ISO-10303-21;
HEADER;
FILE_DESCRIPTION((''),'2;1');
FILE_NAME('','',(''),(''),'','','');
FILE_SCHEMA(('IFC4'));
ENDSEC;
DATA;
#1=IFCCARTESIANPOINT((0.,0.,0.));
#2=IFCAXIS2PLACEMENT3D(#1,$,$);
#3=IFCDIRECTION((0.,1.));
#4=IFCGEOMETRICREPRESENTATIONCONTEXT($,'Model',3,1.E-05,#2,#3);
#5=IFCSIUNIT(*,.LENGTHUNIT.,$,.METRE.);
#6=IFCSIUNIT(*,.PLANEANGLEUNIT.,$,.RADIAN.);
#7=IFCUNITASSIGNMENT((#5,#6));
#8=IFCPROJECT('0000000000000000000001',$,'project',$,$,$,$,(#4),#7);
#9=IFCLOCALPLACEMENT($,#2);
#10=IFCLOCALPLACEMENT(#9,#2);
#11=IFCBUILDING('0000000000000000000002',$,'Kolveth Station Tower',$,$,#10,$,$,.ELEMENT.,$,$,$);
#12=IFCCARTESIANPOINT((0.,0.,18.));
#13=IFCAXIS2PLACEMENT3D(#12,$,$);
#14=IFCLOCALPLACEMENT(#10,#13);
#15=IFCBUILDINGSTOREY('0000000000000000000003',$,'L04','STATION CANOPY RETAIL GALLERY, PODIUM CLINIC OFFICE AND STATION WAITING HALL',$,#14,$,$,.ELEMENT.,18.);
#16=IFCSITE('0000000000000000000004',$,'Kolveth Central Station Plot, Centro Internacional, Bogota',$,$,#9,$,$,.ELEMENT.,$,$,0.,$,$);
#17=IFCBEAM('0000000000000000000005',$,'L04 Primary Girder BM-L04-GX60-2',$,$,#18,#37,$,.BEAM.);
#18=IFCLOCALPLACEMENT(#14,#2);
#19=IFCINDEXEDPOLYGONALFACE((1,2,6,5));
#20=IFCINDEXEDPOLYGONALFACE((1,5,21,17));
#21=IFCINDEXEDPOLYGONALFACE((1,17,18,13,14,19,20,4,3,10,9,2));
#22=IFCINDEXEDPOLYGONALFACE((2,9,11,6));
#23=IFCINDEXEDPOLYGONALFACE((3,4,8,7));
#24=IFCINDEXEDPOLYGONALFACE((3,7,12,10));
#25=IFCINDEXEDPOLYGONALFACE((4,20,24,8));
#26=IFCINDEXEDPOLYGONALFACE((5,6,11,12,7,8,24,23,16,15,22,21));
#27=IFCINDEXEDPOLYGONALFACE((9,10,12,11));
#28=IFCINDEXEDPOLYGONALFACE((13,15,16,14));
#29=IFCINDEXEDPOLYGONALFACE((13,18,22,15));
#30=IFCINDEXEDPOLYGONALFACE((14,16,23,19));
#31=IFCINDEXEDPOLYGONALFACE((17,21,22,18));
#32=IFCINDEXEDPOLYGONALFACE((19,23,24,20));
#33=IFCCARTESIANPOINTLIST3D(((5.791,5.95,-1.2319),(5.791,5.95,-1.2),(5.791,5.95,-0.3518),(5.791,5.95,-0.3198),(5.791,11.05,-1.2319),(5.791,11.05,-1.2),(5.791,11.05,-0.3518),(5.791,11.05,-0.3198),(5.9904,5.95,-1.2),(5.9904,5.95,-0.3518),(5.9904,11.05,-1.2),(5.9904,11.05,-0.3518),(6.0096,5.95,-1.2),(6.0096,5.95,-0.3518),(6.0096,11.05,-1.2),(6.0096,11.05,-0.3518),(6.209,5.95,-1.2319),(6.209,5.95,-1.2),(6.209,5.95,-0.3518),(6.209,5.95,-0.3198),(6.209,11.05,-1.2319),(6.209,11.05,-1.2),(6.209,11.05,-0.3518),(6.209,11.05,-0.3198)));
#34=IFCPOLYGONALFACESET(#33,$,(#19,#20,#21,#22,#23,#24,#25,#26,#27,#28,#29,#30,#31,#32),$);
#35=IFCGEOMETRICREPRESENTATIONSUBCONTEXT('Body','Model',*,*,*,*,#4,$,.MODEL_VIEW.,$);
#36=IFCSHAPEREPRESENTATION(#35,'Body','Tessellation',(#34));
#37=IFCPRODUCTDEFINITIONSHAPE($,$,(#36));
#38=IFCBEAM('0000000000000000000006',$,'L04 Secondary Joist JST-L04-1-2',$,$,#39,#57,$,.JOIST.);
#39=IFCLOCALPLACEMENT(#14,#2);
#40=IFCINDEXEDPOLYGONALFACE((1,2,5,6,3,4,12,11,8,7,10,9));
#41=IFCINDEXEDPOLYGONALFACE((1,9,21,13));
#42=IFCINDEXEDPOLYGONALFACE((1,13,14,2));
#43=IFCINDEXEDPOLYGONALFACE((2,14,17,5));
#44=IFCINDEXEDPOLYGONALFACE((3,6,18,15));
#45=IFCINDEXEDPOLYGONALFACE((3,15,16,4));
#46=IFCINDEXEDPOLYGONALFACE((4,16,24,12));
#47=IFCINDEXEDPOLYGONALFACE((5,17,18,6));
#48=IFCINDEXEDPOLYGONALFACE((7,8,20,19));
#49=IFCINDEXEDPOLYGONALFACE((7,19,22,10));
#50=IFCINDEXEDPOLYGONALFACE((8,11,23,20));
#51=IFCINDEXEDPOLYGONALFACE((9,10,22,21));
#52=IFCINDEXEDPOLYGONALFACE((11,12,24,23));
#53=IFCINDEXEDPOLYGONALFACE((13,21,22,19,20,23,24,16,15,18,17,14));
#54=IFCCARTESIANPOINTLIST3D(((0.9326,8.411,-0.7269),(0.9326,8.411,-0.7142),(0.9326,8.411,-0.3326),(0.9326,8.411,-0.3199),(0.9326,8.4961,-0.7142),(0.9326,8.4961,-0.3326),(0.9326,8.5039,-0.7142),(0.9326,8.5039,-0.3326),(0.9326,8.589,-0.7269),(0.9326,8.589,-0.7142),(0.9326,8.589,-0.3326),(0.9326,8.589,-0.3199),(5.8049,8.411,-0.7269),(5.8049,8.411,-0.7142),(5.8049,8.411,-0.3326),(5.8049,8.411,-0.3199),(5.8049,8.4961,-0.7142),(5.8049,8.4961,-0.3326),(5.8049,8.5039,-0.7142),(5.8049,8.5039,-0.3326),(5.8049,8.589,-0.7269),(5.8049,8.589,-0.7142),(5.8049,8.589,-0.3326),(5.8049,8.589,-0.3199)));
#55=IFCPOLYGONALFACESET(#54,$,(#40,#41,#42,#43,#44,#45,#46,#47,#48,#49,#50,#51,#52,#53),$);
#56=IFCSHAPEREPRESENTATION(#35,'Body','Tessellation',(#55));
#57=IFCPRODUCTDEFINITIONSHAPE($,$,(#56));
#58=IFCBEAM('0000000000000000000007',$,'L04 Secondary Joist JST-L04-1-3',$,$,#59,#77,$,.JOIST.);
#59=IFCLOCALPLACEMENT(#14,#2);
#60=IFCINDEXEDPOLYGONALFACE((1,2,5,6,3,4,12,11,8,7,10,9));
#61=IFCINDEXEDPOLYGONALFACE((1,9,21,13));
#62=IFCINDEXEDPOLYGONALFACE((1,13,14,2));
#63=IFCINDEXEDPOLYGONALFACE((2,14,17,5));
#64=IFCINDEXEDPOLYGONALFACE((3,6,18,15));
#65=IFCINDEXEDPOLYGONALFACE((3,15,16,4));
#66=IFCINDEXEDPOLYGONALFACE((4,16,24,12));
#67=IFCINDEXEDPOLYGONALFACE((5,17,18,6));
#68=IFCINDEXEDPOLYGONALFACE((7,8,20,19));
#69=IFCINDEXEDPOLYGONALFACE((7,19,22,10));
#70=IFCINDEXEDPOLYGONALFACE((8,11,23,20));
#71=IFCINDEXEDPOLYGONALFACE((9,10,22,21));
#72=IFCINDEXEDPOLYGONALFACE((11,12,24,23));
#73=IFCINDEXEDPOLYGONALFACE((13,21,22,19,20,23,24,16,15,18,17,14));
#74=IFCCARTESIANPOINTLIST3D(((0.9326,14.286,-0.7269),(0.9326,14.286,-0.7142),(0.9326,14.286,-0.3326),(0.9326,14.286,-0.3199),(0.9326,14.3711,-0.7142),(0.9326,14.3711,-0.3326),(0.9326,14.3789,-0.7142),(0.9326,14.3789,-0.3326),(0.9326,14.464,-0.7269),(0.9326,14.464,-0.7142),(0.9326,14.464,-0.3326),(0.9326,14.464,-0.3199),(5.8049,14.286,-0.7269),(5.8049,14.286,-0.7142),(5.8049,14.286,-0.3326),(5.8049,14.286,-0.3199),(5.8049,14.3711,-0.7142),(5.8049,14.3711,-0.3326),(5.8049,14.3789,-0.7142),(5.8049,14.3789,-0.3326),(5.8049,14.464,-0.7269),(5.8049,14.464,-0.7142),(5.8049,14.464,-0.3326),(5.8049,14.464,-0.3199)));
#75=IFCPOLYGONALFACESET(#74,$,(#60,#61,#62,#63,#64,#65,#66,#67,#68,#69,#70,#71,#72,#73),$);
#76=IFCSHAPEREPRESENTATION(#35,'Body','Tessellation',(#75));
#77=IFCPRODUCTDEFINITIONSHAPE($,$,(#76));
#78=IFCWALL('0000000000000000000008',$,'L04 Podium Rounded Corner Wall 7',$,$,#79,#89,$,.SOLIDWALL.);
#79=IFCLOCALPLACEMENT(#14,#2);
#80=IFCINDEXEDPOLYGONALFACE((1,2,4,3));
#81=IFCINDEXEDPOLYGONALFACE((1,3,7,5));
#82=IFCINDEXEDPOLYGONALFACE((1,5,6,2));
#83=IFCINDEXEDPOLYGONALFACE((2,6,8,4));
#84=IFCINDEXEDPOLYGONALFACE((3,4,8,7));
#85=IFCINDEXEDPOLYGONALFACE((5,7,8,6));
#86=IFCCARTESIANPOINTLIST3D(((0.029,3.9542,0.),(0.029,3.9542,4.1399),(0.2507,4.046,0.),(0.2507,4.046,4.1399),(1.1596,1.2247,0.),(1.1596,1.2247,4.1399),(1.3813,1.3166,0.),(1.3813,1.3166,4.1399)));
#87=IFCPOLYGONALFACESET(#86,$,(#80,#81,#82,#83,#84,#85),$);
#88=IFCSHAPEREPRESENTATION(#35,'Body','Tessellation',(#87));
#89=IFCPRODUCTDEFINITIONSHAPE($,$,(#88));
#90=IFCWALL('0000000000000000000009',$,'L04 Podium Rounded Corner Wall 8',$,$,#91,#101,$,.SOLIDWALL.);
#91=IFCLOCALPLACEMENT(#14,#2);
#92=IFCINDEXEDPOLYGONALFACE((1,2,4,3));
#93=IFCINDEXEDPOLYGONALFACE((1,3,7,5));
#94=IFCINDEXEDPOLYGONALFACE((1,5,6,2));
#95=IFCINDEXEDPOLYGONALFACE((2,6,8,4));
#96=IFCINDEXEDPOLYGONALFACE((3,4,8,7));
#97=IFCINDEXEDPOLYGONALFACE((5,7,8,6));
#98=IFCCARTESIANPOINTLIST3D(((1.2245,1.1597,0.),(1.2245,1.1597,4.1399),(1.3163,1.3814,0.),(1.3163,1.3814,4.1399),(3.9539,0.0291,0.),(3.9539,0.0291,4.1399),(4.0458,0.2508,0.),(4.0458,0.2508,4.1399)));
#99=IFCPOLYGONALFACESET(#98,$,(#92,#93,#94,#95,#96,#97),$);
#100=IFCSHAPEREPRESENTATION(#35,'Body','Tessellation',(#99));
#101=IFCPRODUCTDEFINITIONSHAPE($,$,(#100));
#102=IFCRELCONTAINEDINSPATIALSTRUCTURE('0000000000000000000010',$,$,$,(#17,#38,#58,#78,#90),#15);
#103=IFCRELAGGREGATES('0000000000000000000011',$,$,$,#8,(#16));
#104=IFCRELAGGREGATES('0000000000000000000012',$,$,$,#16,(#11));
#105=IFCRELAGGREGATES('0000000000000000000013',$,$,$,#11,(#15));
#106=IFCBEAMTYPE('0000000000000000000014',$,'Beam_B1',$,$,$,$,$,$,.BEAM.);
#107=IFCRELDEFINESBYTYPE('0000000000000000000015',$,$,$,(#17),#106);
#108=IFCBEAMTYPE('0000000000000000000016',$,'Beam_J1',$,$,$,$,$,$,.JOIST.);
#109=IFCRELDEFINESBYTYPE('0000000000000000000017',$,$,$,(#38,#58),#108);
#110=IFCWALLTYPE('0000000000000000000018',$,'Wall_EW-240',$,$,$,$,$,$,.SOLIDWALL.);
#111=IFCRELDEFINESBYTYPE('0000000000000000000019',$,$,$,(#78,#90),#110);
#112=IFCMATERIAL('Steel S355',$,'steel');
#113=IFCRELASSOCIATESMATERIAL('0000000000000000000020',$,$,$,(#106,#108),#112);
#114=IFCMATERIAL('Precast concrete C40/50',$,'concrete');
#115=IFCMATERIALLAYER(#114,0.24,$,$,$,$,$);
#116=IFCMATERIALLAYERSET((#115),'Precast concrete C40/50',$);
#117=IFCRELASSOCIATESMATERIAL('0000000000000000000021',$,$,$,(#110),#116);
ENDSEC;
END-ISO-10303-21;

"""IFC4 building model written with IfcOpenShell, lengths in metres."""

from ifc_helpers import new_model, si_unit, direction, frame, frame_2d, origin, origin_2d, place, context, subcontext, project, spatial, rectangle, i_section, extrude, source, transform, mapped, material, layer, layer_set, material_profile, profile_set, type_object, element, save


model = new_model("IFC4")

# Units and contexts
model_context = context("Model", 3, precision=1e-05, world=origin(), true_north=direction((0.0, 1.0)))
body_context = subcontext(model_context, "Body", "Model", "MODEL_VIEW")
ifc_project = project(units=[si_unit("LENGTHUNIT", "METRE"), si_unit("PLANEANGLEUNIT", "RADIAN")], contexts=[model_context])

# Site, building, storey
site_placement = place(None, origin())
site = spatial("IfcSite", under=ifc_project, at=site_placement, Name="Kolveth Central Station Plot, Centro Internacional, Bogota", CompositionType="ELEMENT", RefElevation=0.0)
building_placement = place(site_placement, origin())
building = spatial("IfcBuilding", under=site, at=building_placement, Name="Kolveth Station Tower", CompositionType="ELEMENT")
storey_placement = place(building_placement, frame((0.0, 0.0, 18.0)))
storey = spatial("IfcBuildingStorey", under=building, at=storey_placement, Name="L04", Description="STATION CANOPY RETAIL GALLERY, PODIUM CLINIC OFFICE AND STATION WAITING HALL", CompositionType="ELEMENT", Elevation=18.0)

# Beams
ifc_material_1 = material(Name="Steel S355", Category="steel")
ifc_material_profile_1 = material_profile(ifc_material_1, i_section(OverallWidth=0.418, OverallDepth=0.9121, WebThickness=0.0193, FlangeThickness=0.032, at=origin_2d()), Name="W920x342")
ifc_profile_set_1 = profile_set([ifc_material_profile_1], Name="Steel S355")
beam_type_1 = type_object("IfcBeamType", Name="Beam_B1", PredefinedType="BEAM", material=ifc_profile_set_1)
shared_shape_1 = source(origin(), body_context, "Body", "SweptSolid", [
    extrude(i_section(OverallWidth=0.418, OverallDepth=0.9121, WebThickness=0.0193, FlangeThickness=0.032, at=origin_2d()), origin(), (0.0, 0.0, 1.0), 5.1001),
])
beam_1_placement = place(storey_placement, frame((6.0, 5.95, -0.7759), z_axis=(0.0, 1.0, 0.0), x_axis=(-1.0, 0.0, 0.0)))
element("IfcBeam", 1, at=beam_1_placement, inside=storey, type_object=beam_type_1, Name="L04 Primary Girder BM-L04-GX60-2", PredefinedType="BEAM", context=body_context, shape_type="MappedRepresentation", body=[
    mapped(shared_shape_1, transform((0.0, 0.0, 0.0), x_axis=(1.0, 0.0, 0.0), y_axis=(0.0, 1.0, 0.0), z_axis=(0.0, 0.0, 1.0), scale=1.0)),
])
ifc_material_profile_2 = material_profile(ifc_material_1, i_section(OverallWidth=0.178, OverallDepth=0.407, WebThickness=0.0078, FlangeThickness=0.0127, at=origin_2d()), Name="W410x60")
ifc_profile_set_2 = profile_set([ifc_material_profile_2], Name="Steel S355")
beam_type_2 = type_object("IfcBeamType", Name="Beam_J1", PredefinedType="JOIST", material=ifc_profile_set_2)
shared_shape_2 = source(origin(), body_context, "Body", "SweptSolid", [
    extrude(i_section(OverallWidth=0.178, OverallDepth=0.407, WebThickness=0.0078, FlangeThickness=0.0127, at=origin_2d()), origin(), (0.0, 0.0, 1.0), 4.8723),
])
for number, where, z_axis, x_axis, name in (
    (2, (0.9326, 8.5, -0.5234), (1.0, 0.0, 0.0), (0.0, 1.0, 0.0), "L04 Secondary Joist JST-L04-1-2"),
    (3, (0.9326, 14.375, -0.5234), (1.0, 0.0, 0.0), (0.0, 1.0, 0.0), "L04 Secondary Joist JST-L04-1-3"),
):
    element("IfcBeam", number, at=place(storey_placement, frame(where, z_axis=z_axis, x_axis=x_axis)), inside=storey, type_object=beam_type_2, Name=name, PredefinedType="JOIST", context=body_context, shape_type="MappedRepresentation", body=[
        mapped(shared_shape_2, transform((0.0, 0.0, 0.0), x_axis=(1.0, 0.0, 0.0), y_axis=(0.0, 1.0, 0.0), z_axis=(0.0, 0.0, 1.0), scale=1.0)),
    ])

# Walls
ifc_material_2 = material(Name="Precast concrete C40/50", Category="concrete")
ifc_layer_1 = layer(ifc_material_2, 0.24)
ifc_layer_set_1 = layer_set([ifc_layer_1], Name="Precast concrete C40/50")
wall_type_1 = type_object("IfcWallType", Name="Wall_EW-240", PredefinedType="SOLIDWALL", material=ifc_layer_set_1)
for number, where, z_axis, x_axis, name in (
    (4, (0.1399, 4.0, 0.0), (0.0, 0.0, 1.0), (0.38269, -0.923877, 0.0), "L04 Podium Rounded Corner Wall 7"),
    (5, (1.2705, 1.2705, 0.0), (0.0, 0.0, 1.0), (0.923877, -0.38269, 0.0), "L04 Podium Rounded Corner Wall 8"),
):
    element("IfcWall", number, at=place(storey_placement, frame(where, z_axis=z_axis, x_axis=x_axis)), inside=storey, type_object=wall_type_1, Name=name, PredefinedType="SOLIDWALL", context=body_context, shape_type="SweptSolid", body=[
        extrude(rectangle(XDim=2.9543, YDim=0.24, at=frame_2d((1.4771, 0.0))), origin(), (0.0, 0.0, 1.0), 4.1399),
    ])

save(model, "model.ifc")
